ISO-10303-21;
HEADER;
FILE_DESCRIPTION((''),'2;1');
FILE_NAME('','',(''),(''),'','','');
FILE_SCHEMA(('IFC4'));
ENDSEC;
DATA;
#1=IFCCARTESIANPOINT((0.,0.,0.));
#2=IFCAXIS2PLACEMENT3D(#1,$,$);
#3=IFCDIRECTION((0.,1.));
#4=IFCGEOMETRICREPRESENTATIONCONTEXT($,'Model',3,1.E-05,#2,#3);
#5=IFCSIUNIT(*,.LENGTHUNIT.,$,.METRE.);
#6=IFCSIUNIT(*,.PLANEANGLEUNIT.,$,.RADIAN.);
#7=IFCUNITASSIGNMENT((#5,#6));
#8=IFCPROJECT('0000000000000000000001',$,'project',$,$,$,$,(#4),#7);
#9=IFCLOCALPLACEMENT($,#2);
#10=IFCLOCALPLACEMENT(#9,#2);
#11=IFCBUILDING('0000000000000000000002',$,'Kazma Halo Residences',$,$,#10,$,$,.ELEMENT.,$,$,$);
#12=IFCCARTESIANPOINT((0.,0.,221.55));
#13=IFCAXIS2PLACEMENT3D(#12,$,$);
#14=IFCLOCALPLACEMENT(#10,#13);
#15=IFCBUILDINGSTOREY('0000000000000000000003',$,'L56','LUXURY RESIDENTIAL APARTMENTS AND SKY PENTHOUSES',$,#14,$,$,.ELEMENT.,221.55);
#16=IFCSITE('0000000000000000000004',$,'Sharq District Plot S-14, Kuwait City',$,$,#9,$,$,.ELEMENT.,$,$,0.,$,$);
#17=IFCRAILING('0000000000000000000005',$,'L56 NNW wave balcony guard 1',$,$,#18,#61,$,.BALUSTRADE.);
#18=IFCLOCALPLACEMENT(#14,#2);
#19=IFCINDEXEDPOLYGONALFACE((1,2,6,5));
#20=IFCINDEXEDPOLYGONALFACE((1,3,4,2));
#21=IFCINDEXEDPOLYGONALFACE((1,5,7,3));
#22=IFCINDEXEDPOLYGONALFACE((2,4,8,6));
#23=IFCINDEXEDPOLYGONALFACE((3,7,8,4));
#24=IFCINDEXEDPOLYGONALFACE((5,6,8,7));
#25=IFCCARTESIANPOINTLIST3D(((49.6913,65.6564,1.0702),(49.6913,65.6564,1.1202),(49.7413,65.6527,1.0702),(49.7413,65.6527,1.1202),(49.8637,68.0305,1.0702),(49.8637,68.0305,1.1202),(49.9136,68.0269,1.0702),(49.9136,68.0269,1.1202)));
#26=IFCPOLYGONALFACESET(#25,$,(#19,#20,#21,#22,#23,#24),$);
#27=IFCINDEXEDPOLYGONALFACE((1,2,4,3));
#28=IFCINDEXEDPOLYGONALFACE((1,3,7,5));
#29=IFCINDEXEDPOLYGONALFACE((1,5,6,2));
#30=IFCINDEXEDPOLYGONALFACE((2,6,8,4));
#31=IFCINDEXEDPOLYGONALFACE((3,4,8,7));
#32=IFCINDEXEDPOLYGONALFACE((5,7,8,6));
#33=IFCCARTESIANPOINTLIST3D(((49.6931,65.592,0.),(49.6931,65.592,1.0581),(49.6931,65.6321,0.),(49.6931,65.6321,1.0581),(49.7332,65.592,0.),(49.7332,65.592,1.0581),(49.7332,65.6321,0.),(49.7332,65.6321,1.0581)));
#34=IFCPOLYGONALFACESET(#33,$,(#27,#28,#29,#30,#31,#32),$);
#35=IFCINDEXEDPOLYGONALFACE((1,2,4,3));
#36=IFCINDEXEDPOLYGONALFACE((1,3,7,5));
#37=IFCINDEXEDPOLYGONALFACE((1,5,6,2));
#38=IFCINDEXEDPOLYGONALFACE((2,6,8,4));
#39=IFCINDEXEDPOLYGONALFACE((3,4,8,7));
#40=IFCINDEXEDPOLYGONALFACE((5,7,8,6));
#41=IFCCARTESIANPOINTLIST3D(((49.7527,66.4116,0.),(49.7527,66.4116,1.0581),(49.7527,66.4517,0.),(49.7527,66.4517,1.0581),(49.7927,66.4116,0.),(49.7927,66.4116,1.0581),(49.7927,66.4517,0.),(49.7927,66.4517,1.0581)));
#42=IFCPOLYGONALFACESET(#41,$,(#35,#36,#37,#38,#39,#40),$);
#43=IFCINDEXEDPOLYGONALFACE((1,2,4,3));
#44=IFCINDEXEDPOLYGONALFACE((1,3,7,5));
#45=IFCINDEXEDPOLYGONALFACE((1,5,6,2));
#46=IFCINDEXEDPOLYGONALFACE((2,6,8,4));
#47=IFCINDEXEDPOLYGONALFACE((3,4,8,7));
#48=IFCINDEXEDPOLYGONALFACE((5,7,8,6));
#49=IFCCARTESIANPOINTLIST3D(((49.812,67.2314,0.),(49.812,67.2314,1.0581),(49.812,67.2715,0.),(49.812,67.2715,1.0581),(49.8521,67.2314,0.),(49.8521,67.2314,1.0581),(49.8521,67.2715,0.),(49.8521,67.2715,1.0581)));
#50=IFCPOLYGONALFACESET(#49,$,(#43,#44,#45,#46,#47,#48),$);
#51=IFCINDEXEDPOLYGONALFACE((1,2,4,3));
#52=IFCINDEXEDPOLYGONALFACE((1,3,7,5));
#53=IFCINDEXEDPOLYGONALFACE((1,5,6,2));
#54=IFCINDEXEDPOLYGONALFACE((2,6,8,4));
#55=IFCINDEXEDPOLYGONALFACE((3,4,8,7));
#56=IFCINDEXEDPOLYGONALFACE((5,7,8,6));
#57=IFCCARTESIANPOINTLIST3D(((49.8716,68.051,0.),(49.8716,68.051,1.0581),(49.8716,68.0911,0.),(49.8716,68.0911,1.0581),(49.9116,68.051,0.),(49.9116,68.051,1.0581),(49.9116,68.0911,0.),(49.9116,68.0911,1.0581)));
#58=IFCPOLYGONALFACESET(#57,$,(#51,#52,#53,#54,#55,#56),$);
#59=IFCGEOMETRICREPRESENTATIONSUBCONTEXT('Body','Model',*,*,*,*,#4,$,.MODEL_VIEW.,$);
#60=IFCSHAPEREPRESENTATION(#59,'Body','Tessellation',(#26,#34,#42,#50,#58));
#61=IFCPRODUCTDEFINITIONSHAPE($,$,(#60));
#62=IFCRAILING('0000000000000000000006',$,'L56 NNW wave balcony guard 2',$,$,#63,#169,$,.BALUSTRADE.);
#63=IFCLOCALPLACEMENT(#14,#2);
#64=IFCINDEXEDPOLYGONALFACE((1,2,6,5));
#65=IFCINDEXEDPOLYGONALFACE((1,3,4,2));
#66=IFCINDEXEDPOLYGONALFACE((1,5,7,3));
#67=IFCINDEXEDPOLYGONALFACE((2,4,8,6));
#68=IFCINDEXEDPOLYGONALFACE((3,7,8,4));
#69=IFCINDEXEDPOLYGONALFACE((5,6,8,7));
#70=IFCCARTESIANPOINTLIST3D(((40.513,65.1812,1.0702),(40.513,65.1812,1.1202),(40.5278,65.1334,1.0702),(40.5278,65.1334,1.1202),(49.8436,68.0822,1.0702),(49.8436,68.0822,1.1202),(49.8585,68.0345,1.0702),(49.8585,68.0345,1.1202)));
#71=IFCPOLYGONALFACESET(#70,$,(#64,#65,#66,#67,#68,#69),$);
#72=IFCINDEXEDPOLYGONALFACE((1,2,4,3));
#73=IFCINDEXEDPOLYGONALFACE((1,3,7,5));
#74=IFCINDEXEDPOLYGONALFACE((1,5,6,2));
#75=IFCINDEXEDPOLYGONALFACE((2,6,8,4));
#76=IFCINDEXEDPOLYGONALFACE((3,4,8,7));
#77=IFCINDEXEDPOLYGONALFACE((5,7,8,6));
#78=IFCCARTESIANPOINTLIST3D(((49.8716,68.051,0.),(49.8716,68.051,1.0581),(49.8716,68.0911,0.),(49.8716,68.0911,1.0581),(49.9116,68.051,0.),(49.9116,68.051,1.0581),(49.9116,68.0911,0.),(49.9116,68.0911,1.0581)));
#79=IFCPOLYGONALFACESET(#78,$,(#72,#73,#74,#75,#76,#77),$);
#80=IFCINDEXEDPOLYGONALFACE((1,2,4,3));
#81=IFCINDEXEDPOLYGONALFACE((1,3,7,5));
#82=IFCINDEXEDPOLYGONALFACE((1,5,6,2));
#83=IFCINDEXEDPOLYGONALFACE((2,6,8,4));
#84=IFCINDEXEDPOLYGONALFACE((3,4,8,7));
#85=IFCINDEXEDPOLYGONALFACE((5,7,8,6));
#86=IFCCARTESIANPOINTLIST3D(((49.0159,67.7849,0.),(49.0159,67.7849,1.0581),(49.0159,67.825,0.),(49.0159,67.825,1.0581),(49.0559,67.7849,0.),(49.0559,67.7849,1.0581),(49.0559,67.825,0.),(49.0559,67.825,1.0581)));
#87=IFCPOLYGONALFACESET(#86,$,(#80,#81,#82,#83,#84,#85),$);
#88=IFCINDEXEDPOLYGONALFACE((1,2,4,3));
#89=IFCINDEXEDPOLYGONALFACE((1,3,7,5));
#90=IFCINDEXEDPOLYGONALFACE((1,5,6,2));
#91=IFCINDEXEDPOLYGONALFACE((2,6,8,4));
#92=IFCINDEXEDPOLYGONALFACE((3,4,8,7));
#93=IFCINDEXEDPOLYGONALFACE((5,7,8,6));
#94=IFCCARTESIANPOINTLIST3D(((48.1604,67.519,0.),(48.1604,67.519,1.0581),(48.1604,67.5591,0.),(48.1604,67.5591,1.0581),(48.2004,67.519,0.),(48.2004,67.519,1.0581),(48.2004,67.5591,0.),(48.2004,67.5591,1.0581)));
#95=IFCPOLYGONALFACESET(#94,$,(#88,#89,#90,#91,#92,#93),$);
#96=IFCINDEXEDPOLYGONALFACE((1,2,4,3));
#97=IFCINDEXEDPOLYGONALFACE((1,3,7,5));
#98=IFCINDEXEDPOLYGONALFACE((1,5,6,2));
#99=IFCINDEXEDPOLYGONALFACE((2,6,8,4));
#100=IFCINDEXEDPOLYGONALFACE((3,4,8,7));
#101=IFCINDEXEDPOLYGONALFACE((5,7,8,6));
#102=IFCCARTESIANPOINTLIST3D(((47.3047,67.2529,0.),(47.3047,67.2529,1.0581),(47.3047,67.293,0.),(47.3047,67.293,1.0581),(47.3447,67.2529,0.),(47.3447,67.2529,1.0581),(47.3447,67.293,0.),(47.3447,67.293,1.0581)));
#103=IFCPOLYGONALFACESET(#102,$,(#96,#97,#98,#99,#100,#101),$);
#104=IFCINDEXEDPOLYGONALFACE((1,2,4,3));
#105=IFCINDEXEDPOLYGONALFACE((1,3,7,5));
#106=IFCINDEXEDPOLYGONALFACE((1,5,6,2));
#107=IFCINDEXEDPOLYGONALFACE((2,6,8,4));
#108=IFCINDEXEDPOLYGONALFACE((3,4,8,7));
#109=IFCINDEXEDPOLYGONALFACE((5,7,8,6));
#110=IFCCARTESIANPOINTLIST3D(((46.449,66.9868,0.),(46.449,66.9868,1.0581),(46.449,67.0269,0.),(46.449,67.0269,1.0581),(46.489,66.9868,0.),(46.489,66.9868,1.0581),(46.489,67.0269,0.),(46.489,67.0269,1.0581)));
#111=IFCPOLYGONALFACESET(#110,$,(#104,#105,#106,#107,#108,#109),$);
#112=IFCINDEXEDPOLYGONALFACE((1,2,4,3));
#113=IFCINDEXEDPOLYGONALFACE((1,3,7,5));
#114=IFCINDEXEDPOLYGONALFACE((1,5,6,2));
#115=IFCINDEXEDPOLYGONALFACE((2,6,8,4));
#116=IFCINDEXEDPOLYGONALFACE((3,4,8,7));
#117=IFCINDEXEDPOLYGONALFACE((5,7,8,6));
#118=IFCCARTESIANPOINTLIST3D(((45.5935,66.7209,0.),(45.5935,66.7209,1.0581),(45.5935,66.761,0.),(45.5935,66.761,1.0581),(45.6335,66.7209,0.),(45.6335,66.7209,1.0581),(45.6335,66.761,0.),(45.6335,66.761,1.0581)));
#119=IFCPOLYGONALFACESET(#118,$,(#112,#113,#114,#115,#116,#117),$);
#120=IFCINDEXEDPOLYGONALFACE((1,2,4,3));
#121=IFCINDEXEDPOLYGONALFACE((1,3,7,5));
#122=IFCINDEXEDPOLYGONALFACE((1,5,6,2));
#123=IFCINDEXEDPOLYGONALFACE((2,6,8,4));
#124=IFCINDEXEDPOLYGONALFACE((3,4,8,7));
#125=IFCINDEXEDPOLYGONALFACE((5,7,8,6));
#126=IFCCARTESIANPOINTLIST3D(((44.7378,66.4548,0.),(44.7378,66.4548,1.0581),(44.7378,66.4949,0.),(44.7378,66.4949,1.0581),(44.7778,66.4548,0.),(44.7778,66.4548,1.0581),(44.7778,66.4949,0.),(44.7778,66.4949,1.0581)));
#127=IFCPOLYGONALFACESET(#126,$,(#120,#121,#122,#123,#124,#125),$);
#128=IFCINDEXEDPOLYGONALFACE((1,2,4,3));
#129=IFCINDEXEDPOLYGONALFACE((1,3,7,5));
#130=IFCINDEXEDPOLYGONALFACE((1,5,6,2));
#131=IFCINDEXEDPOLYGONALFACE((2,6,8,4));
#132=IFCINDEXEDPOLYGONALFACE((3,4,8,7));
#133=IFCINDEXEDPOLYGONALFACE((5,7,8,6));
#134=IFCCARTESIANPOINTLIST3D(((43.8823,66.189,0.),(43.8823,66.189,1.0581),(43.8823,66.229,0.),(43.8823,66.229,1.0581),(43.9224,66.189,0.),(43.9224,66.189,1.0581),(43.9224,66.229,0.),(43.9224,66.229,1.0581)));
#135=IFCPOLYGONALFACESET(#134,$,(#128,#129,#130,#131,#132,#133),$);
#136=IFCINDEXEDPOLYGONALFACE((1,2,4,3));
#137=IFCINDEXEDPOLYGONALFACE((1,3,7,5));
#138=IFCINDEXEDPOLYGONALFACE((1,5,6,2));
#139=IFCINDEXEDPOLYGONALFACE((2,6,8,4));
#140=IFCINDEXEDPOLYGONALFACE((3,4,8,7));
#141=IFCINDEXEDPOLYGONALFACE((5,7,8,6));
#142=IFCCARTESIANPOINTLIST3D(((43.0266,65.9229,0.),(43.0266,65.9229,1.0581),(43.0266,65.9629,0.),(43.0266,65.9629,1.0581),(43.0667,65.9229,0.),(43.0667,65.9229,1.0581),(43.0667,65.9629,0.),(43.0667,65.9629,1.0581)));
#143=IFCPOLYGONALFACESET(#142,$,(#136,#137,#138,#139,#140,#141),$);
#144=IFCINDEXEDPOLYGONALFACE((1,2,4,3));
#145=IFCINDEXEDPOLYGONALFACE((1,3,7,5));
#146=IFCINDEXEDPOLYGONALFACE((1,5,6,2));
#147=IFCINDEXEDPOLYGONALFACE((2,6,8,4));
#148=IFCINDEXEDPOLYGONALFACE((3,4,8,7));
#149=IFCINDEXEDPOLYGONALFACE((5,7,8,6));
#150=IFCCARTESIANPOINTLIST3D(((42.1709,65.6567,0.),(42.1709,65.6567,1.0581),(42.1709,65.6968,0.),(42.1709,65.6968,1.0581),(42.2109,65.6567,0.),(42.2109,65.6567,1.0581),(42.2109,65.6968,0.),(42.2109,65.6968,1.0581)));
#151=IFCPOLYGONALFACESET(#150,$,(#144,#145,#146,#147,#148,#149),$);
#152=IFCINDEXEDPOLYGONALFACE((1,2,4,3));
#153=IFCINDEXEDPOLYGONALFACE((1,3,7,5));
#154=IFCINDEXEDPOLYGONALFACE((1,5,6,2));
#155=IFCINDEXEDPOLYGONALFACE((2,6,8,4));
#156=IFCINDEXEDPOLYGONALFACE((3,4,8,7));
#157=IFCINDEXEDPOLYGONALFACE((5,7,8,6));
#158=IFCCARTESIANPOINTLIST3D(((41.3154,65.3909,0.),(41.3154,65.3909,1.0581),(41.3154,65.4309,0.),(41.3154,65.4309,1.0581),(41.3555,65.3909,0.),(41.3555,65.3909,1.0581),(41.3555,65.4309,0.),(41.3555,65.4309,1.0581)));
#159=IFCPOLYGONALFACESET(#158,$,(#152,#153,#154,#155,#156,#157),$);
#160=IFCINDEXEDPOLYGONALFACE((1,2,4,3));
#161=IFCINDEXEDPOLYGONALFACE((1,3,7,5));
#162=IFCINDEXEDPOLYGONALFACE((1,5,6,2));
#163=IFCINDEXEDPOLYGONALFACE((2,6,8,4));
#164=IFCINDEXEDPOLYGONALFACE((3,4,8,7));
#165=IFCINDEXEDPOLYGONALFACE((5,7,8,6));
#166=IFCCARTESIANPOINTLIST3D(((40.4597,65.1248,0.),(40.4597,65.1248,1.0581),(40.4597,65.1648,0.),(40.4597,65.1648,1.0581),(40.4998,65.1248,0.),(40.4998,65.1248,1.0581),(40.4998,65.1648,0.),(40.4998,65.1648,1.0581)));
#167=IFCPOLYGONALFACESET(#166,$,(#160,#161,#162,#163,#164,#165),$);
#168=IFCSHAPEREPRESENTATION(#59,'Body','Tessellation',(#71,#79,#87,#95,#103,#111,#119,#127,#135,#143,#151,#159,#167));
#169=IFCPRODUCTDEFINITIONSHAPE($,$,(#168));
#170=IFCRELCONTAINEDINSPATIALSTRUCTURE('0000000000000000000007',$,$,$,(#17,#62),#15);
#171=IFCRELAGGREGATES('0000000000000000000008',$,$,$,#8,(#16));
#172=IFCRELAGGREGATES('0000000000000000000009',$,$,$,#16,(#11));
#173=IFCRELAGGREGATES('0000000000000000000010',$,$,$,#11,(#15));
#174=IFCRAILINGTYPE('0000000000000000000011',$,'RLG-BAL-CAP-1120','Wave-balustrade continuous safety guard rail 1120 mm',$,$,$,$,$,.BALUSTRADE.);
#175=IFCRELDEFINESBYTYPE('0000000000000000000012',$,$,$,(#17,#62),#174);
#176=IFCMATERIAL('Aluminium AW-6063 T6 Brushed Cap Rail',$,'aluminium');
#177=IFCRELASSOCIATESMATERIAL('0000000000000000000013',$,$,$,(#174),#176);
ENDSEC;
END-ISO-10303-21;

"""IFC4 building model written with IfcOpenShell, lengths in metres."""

from ifc_helpers import new_model, si_unit, direction, frame, origin, origin_2d, place, context, subcontext, project, spatial, rectangle, extrude, material, type_object, element, save


model = new_model("IFC4")

# Units and contexts
model_context = context("Model", 3, precision=1e-05, world=origin(), true_north=direction((0.0, 1.0)))
body_context = subcontext(model_context, "Body", "Model", "MODEL_VIEW")
ifc_project = project(units=[si_unit("LENGTHUNIT", "METRE"), si_unit("PLANEANGLEUNIT", "RADIAN")], contexts=[model_context])

# Site, building, storey
site_placement = place(None, origin())
site = spatial("IfcSite", under=ifc_project, at=site_placement, Name="Sharq District Plot S-14, Kuwait City", CompositionType="ELEMENT", RefElevation=0.0)
building_placement = place(site_placement, origin())
building = spatial("IfcBuilding", under=site, at=building_placement, Name="Kazma Halo Residences", CompositionType="ELEMENT")
storey_placement = place(building_placement, frame((0.0, 0.0, 221.55)))
storey = spatial("IfcBuildingStorey", under=building, at=storey_placement, Name="L56", Description="LUXURY RESIDENTIAL APARTMENTS AND SKY PENTHOUSES", CompositionType="ELEMENT", Elevation=221.55)

# Railings
ifc_material_1 = material(Name="Aluminium AW-6063 T6 Brushed Cap Rail", Category="aluminium")
railing_type = type_object("IfcRailingType", Name="RLG-BAL-CAP-1120", Description="Wave-balustrade continuous safety guard rail 1120 mm", PredefinedType="BALUSTRADE", material=ifc_material_1)
railing_1_placement = place(storey_placement, frame((49.7131, 65.6121, 0.0)))
element("IfcRailing", 1, at=railing_1_placement, inside=storey, type_object=railing_type, Name="L56 NNW wave balcony guard 1", PredefinedType="BALUSTRADE", context=body_context, shape_type="SweptSolid", body=[
    extrude(rectangle(XDim=0.05, YDim=0.05, at=origin_2d()), frame((0.0032, 0.0425, 1.0952), z_axis=(0.072387, 0.997377, 0.0), x_axis=(-0.997377, 0.072387, 0.0)), (0.0, 0.0, 1.0), 2.3804),
    extrude(rectangle(XDim=0.04, YDim=0.04, at=origin_2d()), origin(), (0.0, 0.0, 1.0), 1.0581),
    extrude(rectangle(XDim=0.04, YDim=0.04, at=origin_2d()), frame((0.0596, 0.8196, 0.0)), (0.0, 0.0, 1.0), 1.0581),
    extrude(rectangle(XDim=0.04, YDim=0.04, at=origin_2d()), frame((0.1189, 1.6394, 0.0)), (0.0, 0.0, 1.0), 1.0581),
    extrude(rectangle(XDim=0.04, YDim=0.04, at=origin_2d()), frame((0.1785, 2.459, 0.0)), (0.0, 0.0, 1.0), 1.0581),
])
railing_2_placement = place(storey_placement, frame((49.8916, 68.071, 0.0)))
element("IfcRailing", 2, at=railing_2_placement, inside=storey, type_object=railing_type, Name="L56 NNW wave balcony guard 2", PredefinedType="BALUSTRADE", context=body_context, shape_type="SweptSolid", body=[
    extrude(rectangle(XDim=0.05, YDim=0.05, at=origin_2d()), frame((-0.0405, -0.0127, 1.0952), z_axis=(-0.95491, -0.296894, 0.0), x_axis=(0.296894, -0.95491, 0.0)), (0.0, 0.0, 1.0), 9.7712),
    extrude(rectangle(XDim=0.04, YDim=0.04, at=origin_2d()), origin(), (0.0, 0.0, 1.0), 1.0581),
    extrude(rectangle(XDim=0.04, YDim=0.04, at=origin_2d()), frame((-0.8557, -0.2661, 0.0)), (0.0, 0.0, 1.0), 1.0581),
    extrude(rectangle(XDim=0.04, YDim=0.04, at=origin_2d()), frame((-1.7112, -0.532, 0.0)), (0.0, 0.0, 1.0), 1.0581),
    extrude(rectangle(XDim=0.04, YDim=0.04, at=origin_2d()), frame((-2.5669, -0.7981, 0.0)), (0.0, 0.0, 1.0), 1.0581),
    extrude(rectangle(XDim=0.04, YDim=0.04, at=origin_2d()), frame((-3.4226, -1.0642, 0.0)), (0.0, 0.0, 1.0), 1.0581),
    extrude(rectangle(XDim=0.04, YDim=0.04, at=origin_2d()), frame((-4.2781, -1.3301, 0.0)), (0.0, 0.0, 1.0), 1.0581),
    extrude(rectangle(XDim=0.04, YDim=0.04, at=origin_2d()), frame((-5.1338, -1.5962, 0.0)), (0.0, 0.0, 1.0), 1.0581),
    extrude(rectangle(XDim=0.04, YDim=0.04, at=origin_2d()), frame((-5.9893, -1.8621, 0.0)), (0.0, 0.0, 1.0), 1.0581),
    extrude(rectangle(XDim=0.04, YDim=0.04, at=origin_2d()), frame((-6.845, -2.1282, 0.0)), (0.0, 0.0, 1.0), 1.0581),
    extrude(rectangle(XDim=0.04, YDim=0.04, at=origin_2d()), frame((-7.7007, -2.3943, 0.0)), (0.0, 0.0, 1.0), 1.0581),
    extrude(rectangle(XDim=0.04, YDim=0.04, at=origin_2d()), frame((-8.5562, -2.6602, 0.0)), (0.0, 0.0, 1.0), 1.0581),
    extrude(rectangle(XDim=0.04, YDim=0.04, at=origin_2d()), frame((-9.4119, -2.9263, 0.0)), (0.0, 0.0, 1.0), 1.0581),
])

save(model, "model.ifc")
